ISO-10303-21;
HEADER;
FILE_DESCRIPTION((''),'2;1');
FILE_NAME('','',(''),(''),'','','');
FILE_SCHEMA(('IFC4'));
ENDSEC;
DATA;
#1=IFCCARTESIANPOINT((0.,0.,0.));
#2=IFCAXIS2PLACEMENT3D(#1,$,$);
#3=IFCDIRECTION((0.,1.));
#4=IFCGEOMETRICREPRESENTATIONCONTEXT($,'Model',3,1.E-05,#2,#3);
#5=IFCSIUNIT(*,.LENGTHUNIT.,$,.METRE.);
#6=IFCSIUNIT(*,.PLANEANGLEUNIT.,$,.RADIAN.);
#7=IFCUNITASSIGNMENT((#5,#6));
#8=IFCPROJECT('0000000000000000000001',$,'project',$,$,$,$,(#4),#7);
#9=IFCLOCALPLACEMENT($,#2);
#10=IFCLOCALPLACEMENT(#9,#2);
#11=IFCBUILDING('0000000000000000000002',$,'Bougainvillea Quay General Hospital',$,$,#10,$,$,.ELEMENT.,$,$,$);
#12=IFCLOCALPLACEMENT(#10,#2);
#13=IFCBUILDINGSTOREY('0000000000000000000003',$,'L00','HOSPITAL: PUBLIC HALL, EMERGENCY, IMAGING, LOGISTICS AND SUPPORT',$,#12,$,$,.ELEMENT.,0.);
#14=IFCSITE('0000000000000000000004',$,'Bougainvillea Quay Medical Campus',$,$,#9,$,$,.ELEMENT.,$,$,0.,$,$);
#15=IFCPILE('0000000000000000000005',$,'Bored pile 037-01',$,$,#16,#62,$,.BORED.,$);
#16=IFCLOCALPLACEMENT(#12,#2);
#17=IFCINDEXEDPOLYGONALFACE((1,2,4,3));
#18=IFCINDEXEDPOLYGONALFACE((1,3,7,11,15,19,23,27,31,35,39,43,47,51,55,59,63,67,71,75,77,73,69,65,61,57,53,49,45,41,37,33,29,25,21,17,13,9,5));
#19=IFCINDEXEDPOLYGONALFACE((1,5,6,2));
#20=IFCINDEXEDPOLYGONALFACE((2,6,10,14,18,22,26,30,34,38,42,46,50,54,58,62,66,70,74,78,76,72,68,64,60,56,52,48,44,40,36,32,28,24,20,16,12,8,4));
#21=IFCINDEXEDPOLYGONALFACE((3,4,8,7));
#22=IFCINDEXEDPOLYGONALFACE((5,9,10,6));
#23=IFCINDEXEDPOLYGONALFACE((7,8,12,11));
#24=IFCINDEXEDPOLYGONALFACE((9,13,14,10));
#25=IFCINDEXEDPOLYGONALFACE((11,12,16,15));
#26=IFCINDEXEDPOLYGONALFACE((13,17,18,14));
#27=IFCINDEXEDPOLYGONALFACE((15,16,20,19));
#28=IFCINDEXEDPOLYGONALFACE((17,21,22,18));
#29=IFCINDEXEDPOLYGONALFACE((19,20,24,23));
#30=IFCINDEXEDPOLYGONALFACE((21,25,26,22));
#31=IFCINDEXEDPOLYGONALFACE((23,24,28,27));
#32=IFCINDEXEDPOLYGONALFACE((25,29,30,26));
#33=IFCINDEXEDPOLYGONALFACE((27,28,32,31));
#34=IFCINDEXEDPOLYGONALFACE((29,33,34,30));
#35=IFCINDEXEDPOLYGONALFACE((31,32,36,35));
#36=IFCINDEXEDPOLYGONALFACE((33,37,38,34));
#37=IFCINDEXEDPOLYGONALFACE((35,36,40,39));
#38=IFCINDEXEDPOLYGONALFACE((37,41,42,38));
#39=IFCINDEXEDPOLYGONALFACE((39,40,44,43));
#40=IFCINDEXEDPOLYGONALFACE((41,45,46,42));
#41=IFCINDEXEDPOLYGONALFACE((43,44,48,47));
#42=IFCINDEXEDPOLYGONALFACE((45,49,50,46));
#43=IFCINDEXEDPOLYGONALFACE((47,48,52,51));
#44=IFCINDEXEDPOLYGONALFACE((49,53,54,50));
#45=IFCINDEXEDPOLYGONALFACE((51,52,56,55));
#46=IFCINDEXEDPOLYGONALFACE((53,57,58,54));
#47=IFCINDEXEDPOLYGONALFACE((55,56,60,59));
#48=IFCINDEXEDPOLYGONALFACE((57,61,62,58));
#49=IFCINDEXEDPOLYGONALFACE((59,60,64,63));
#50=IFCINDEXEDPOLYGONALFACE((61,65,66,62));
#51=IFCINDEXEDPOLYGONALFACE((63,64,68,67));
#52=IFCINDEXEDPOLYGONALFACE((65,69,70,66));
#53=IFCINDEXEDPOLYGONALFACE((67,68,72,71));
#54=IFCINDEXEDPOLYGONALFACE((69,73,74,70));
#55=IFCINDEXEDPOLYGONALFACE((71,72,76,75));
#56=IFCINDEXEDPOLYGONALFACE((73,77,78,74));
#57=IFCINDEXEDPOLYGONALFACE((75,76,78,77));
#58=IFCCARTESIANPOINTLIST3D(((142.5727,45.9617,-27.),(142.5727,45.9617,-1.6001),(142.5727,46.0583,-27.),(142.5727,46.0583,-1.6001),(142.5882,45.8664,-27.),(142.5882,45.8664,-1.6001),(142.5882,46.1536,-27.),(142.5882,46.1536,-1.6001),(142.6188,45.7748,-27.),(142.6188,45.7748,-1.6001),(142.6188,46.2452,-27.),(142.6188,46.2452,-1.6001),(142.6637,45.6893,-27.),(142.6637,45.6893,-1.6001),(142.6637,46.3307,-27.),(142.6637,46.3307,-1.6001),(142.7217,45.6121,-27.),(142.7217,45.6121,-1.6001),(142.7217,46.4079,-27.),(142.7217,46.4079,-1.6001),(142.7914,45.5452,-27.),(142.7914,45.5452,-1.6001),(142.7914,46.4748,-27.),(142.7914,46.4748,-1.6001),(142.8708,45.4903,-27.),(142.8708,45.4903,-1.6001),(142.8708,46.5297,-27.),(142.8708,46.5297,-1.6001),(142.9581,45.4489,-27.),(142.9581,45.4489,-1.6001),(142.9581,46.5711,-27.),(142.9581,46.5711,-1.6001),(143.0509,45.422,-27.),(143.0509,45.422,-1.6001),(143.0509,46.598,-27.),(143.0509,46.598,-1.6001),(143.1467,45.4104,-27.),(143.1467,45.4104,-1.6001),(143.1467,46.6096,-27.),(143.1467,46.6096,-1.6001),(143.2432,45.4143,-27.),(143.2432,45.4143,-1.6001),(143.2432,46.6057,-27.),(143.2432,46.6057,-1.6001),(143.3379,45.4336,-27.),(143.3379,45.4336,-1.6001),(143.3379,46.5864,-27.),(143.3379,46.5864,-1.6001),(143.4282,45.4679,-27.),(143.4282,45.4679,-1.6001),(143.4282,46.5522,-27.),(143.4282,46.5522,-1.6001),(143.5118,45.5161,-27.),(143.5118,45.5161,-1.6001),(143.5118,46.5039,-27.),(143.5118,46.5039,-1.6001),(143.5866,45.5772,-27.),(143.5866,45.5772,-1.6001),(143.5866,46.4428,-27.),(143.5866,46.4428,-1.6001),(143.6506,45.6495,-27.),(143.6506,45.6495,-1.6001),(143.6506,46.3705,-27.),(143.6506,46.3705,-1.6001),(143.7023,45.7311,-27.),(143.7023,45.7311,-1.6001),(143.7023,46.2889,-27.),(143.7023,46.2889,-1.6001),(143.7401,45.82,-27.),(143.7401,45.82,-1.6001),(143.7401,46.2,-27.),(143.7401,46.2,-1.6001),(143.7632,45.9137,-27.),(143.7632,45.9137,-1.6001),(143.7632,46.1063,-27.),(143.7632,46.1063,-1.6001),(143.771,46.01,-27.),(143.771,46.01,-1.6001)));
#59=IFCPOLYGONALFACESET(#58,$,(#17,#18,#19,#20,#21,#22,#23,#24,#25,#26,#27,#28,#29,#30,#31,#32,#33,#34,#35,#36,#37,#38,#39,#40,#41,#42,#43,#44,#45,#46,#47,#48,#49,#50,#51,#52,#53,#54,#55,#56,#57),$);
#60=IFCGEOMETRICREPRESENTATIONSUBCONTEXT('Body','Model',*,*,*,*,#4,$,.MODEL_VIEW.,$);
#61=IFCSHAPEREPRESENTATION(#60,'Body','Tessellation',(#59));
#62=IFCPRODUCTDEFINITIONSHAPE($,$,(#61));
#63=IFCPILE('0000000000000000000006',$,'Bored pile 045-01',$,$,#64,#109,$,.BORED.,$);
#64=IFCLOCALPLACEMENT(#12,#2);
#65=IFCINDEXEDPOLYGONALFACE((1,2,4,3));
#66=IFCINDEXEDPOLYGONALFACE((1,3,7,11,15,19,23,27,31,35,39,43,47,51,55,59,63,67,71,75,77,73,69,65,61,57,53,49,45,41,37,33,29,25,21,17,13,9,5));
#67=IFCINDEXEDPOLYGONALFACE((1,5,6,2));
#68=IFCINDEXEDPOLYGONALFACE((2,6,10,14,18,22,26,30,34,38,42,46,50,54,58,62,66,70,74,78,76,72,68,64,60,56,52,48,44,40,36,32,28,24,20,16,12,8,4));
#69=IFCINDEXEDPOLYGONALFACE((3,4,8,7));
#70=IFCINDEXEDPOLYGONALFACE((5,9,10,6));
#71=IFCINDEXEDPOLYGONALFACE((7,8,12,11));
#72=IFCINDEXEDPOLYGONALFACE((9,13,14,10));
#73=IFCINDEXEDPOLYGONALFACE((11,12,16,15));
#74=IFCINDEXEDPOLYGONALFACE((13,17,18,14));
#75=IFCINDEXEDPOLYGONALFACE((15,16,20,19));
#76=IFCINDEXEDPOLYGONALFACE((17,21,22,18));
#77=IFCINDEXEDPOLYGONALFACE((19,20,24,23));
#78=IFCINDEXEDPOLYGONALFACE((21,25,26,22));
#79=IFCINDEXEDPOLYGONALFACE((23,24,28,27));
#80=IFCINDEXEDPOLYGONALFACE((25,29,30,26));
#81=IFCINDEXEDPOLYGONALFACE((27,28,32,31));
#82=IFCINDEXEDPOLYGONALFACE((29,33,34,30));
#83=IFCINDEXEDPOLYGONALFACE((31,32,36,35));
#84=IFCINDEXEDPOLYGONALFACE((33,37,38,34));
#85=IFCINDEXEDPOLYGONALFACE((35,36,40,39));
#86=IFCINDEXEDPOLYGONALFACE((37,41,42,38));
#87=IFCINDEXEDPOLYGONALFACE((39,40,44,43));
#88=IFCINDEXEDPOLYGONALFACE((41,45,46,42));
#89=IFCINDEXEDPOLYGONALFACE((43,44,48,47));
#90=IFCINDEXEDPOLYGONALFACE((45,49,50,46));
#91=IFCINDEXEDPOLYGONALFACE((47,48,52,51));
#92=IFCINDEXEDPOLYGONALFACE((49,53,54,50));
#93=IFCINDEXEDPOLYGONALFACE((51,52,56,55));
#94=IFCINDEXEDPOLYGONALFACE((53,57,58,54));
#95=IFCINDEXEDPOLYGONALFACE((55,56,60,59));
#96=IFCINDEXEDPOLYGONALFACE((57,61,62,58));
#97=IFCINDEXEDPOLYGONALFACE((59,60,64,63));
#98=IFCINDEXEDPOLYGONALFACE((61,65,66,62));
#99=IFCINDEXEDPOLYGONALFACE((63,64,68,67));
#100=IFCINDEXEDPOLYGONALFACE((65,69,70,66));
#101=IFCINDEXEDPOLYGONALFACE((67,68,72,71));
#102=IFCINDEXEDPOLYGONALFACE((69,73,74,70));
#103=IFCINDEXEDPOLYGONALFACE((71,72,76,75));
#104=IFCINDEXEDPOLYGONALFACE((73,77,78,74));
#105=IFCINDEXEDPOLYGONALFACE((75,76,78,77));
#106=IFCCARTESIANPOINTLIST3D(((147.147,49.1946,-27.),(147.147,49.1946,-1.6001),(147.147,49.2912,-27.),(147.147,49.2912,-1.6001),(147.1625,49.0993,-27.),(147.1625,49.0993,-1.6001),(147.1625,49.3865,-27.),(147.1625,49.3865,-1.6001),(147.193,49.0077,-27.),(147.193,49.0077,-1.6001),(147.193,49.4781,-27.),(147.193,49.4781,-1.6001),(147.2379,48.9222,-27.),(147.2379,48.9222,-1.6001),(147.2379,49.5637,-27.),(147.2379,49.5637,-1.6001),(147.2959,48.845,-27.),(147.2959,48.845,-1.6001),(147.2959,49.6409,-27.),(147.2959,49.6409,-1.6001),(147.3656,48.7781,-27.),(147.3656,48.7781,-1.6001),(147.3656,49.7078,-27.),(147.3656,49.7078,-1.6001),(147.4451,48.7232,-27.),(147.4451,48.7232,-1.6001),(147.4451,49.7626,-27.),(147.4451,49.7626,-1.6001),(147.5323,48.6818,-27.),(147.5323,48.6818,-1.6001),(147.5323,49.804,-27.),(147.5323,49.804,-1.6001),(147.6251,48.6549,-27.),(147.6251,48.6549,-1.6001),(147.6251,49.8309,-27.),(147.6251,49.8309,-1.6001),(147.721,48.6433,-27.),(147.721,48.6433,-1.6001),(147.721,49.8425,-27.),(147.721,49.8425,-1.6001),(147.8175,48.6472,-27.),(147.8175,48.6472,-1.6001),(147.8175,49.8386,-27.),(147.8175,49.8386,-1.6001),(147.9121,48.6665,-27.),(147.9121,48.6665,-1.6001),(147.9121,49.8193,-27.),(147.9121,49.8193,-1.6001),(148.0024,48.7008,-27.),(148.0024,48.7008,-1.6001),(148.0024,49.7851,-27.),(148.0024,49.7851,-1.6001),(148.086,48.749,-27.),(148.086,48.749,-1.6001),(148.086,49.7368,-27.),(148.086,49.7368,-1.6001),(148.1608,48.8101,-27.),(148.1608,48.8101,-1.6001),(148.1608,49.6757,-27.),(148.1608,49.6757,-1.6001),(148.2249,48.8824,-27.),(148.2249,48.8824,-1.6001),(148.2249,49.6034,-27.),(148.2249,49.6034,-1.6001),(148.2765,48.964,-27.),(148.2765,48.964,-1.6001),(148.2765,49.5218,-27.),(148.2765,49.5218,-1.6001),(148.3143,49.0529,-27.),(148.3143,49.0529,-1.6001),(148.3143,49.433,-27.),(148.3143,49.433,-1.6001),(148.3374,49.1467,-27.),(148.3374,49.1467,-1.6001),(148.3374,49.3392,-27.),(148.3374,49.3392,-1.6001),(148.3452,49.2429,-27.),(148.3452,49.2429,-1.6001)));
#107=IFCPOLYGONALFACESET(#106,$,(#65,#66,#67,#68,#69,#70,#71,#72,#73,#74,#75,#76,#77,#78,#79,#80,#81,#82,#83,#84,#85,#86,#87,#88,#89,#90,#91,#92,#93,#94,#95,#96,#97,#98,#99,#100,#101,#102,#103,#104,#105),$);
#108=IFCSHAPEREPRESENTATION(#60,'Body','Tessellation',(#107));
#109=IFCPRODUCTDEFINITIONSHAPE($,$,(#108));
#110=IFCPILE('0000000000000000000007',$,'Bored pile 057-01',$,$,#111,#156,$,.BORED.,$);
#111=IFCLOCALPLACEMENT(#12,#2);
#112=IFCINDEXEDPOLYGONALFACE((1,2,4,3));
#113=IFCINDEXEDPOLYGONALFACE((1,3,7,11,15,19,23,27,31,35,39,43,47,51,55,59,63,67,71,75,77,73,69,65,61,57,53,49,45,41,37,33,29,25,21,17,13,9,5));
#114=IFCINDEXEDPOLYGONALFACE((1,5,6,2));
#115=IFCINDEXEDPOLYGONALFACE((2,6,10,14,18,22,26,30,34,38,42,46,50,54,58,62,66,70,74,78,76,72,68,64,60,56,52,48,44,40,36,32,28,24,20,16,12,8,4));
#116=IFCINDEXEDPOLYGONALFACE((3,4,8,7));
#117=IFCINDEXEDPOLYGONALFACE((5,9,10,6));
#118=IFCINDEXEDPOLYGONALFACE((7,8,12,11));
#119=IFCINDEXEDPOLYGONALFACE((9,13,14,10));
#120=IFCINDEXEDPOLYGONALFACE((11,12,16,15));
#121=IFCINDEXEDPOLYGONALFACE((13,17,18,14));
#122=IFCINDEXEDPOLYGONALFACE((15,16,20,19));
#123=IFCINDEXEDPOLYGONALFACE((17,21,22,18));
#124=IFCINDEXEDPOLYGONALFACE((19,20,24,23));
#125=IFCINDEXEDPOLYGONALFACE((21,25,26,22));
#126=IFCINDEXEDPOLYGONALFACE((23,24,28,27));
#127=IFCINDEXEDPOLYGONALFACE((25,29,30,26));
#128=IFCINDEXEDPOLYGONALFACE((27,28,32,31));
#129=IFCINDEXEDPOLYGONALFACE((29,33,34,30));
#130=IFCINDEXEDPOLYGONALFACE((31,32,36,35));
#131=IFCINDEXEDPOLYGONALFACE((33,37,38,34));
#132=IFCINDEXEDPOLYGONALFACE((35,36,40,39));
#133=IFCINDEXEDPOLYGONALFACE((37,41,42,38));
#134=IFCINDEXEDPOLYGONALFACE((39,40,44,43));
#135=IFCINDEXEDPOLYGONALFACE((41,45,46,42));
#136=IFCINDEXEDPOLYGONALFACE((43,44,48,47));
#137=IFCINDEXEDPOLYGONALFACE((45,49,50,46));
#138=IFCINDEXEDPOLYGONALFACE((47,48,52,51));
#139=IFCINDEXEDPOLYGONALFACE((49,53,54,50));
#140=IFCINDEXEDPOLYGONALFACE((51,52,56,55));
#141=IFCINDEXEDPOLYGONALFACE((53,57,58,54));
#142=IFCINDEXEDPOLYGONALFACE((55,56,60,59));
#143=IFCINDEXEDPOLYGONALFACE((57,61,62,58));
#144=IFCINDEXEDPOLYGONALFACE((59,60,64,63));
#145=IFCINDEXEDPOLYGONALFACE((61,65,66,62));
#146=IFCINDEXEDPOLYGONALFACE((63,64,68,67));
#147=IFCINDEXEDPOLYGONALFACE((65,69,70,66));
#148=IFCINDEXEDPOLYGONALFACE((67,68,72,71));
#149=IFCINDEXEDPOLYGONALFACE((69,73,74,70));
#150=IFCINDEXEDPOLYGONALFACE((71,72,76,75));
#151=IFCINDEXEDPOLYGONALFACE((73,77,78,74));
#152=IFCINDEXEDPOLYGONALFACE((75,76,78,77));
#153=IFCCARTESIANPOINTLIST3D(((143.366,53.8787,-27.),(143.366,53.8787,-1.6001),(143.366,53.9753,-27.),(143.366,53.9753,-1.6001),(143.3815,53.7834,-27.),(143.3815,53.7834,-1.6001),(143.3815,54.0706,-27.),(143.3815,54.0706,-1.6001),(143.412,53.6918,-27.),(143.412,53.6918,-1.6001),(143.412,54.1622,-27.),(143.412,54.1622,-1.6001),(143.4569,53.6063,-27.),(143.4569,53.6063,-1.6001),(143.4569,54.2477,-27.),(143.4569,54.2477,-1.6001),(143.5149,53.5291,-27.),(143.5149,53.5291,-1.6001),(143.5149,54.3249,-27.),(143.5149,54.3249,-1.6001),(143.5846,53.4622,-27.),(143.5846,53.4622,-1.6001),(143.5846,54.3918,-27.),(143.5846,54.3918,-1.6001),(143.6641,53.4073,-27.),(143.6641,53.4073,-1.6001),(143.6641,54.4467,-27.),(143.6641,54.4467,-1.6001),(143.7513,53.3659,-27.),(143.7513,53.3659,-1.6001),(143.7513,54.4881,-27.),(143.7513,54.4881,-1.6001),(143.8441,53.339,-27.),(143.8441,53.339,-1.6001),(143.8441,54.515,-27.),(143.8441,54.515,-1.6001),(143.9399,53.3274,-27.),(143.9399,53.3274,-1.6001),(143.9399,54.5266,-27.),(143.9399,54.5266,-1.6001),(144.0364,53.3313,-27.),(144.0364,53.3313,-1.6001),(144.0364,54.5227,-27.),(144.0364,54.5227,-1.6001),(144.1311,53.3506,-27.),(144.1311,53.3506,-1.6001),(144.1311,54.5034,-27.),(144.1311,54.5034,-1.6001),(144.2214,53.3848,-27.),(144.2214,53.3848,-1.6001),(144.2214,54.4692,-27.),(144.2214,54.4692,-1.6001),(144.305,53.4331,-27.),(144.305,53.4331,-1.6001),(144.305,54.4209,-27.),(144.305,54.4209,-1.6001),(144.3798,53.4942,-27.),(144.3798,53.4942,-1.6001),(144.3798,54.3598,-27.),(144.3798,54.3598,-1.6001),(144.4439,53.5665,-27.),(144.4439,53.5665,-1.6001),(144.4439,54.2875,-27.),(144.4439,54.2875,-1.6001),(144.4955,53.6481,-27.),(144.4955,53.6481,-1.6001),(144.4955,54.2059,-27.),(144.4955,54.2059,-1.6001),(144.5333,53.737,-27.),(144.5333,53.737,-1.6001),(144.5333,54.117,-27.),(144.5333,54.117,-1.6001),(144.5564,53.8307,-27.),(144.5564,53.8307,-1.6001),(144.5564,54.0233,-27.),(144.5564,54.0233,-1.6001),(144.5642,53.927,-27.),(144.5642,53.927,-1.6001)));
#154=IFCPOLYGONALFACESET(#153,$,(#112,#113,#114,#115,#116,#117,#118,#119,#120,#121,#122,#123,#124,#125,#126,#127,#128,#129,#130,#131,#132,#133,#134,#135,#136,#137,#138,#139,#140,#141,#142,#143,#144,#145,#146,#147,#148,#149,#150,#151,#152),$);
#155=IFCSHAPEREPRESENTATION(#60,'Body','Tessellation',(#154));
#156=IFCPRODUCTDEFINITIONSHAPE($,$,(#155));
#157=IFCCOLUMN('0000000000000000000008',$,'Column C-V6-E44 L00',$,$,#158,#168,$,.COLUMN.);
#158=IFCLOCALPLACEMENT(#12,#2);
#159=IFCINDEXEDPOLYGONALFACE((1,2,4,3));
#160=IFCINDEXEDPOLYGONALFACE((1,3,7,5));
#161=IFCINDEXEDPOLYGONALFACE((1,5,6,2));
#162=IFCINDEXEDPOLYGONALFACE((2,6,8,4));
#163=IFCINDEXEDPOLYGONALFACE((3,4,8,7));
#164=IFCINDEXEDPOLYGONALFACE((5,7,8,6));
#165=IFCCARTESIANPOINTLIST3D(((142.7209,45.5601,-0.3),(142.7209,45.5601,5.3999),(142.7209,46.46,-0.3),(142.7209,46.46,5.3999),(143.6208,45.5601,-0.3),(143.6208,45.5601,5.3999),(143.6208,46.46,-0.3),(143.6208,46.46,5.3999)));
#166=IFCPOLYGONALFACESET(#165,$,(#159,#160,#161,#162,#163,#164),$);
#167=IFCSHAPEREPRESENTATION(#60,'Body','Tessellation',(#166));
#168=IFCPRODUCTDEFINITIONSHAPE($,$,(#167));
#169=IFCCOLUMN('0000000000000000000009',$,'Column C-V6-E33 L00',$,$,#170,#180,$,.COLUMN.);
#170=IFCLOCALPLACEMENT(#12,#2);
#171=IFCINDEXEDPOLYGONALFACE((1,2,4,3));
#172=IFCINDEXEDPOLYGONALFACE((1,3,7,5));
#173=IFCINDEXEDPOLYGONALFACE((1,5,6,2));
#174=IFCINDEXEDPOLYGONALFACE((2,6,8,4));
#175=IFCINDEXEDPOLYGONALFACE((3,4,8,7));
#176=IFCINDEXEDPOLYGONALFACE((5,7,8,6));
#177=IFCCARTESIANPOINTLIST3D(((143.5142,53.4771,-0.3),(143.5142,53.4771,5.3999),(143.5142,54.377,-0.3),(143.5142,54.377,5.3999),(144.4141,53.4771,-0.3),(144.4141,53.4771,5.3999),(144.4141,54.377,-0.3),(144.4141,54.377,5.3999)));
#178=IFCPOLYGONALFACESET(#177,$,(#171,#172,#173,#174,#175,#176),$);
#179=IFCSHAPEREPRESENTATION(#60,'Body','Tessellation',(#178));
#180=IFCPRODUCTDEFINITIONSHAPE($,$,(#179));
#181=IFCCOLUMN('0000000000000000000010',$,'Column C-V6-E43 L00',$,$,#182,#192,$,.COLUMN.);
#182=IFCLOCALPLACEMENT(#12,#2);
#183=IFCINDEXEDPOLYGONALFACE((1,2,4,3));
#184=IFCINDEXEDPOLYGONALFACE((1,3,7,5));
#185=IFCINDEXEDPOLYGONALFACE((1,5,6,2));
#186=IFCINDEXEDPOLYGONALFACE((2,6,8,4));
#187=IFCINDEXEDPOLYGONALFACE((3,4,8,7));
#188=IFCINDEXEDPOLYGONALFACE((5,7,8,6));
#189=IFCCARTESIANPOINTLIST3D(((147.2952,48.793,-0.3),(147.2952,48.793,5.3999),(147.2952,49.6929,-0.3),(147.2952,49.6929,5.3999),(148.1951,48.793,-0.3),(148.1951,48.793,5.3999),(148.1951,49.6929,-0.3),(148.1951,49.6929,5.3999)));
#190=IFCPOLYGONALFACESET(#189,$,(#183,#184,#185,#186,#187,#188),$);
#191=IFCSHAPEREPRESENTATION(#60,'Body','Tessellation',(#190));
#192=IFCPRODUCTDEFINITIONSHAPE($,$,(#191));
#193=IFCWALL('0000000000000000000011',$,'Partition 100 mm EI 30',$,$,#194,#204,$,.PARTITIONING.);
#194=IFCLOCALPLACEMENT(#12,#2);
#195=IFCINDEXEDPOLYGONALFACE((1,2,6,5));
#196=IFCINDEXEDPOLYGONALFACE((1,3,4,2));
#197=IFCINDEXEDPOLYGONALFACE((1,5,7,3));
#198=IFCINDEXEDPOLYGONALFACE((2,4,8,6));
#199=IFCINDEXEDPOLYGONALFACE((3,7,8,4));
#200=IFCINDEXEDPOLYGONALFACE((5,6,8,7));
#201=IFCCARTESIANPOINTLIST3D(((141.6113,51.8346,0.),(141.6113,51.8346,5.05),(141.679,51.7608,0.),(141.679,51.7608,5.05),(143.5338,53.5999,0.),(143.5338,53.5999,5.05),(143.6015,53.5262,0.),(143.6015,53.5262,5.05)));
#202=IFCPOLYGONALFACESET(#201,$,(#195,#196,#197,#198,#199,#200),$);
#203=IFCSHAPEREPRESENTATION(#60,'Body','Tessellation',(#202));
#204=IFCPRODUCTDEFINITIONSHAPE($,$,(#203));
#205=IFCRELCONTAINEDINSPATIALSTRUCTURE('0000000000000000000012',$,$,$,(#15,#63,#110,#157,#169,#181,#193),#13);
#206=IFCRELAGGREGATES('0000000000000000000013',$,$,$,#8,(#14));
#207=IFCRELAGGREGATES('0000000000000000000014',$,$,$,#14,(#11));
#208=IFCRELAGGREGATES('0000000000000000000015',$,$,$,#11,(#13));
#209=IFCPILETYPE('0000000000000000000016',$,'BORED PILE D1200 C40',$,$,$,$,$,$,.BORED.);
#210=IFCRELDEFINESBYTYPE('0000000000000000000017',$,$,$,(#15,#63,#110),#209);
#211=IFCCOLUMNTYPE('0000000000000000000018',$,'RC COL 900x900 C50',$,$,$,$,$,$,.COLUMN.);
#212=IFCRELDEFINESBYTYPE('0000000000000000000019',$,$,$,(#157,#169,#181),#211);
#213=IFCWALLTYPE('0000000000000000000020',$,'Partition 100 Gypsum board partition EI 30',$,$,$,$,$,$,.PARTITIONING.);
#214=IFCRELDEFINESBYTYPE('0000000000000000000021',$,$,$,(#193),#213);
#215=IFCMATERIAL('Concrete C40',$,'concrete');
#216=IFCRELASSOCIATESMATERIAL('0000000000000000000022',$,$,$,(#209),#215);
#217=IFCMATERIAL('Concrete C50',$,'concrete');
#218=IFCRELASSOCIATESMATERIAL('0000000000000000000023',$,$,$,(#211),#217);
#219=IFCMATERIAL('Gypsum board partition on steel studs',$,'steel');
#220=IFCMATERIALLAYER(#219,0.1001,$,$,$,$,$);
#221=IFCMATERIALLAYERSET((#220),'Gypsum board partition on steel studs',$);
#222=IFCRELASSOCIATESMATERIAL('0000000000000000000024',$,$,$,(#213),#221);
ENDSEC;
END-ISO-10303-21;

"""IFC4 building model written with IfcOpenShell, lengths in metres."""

from ifc_helpers import new_model, si_unit, direction, frame, frame_2d, origin, origin_2d, place, context, subcontext, project, spatial, rectangle, circle, extrude, material, layer, layer_set, material_profile, profile_set, type_object, element, save


model = new_model("IFC4")

# Units and contexts
model_context = context("Model", 3, precision=1e-05, world=origin(), true_north=direction((0.0, 1.0)))
body_context = subcontext(model_context, "Body", "Model", "MODEL_VIEW")
ifc_project = project(units=[si_unit("LENGTHUNIT", "METRE"), si_unit("PLANEANGLEUNIT", "RADIAN")], contexts=[model_context])

# Site, building, storey
site_placement = place(None, origin())
site = spatial("IfcSite", under=ifc_project, at=site_placement, Name="Bougainvillea Quay Medical Campus", CompositionType="ELEMENT", RefElevation=0.0)
building_placement = place(site_placement, origin())
building = spatial("IfcBuilding", under=site, at=building_placement, Name="Bougainvillea Quay General Hospital", CompositionType="ELEMENT")
storey_placement = place(building_placement, origin())
storey = spatial("IfcBuildingStorey", under=building, at=storey_placement, Name="L00", Description="HOSPITAL: PUBLIC HALL, EMERGENCY, IMAGING, LOGISTICS AND SUPPORT", CompositionType="ELEMENT", Elevation=0.0)

# Piles
ifc_material_1 = material(Name="Concrete C40", Category="concrete")
ifc_material_profile_1 = material_profile(ifc_material_1, circle(Radius=0.6001, at=origin_2d()))
ifc_profile_set_1 = profile_set([ifc_material_profile_1], Name="Concrete C40")
pile_type = type_object("IfcPileType", Name="BORED PILE D1200 C40", PredefinedType="BORED", material=ifc_profile_set_1)
for number, where, z_axis, x_axis, name in (
    (1, (143.1709, 46.01, -1.6001), (0.0, 0.0, -1.0), (1.0, 0.0, 0.0), "Bored pile 037-01"),
    (2, (147.7451, 49.2429, -1.6001), (0.0, 0.0, -1.0), (1.0, 0.0, 0.0), "Bored pile 045-01"),
    (3, (143.9641, 53.927, -1.6001), (0.0, 0.0, -1.0), (1.0, 0.0, 0.0), "Bored pile 057-01"),
):
    element("IfcPile", number, at=place(storey_placement, frame(where, z_axis=z_axis, x_axis=x_axis)), inside=storey, type_object=pile_type, Name=name, PredefinedType="BORED", context=body_context, shape_type="SweptSolid", body=[
        extrude(circle(Radius=0.6001, at=origin_2d()), origin(), (0.0, 0.0, 1.0), 25.3999),
    ])

# Columns
ifc_material_2 = material(Name="Concrete C50", Category="concrete")
ifc_material_profile_2 = material_profile(ifc_material_2, rectangle(XDim=0.8999, YDim=0.8999, at=origin_2d()))
ifc_profile_set_2 = profile_set([ifc_material_profile_2], Name="Concrete C50")
column_type = type_object("IfcColumnType", Name="RC COL 900x900 C50", PredefinedType="COLUMN", material=ifc_profile_set_2)
for number, where, z_axis, x_axis, name in (
    (4, (143.1709, 46.01, -0.3), (0.0, 0.0, 1.0), (1.0, 0.0, 0.0), "Column C-V6-E44 L00"),
    (5, (143.9641, 53.927, -0.3), (0.0, 0.0, 1.0), (1.0, 0.0, 0.0), "Column C-V6-E33 L00"),
    (6, (147.7451, 49.2429, -0.3), (0.0, 0.0, 1.0), (1.0, 0.0, 0.0), "Column C-V6-E43 L00"),
):
    element("IfcColumn", number, at=place(storey_placement, frame(where, z_axis=z_axis, x_axis=x_axis)), inside=storey, type_object=column_type, Name=name, PredefinedType="COLUMN", context=body_context, shape_type="SweptSolid", body=[
        extrude(rectangle(XDim=0.8999, YDim=0.8999, at=origin_2d()), origin(), (0.0, 0.0, 1.0), 5.7),
    ])

# Wall
ifc_material_3 = material(Name="Gypsum board partition on steel studs", Category="steel")
ifc_layer_1 = layer(ifc_material_3, 0.1001)
ifc_layer_set_1 = layer_set([ifc_layer_1], Name="Gypsum board partition on steel studs")
wall_type_1 = type_object("IfcWallType", Name="Partition 100 Gypsum board partition EI 30", PredefinedType="PARTITIONING", material=ifc_layer_set_1)
wall_1_placement = place(storey_placement, frame((141.645, 51.7976, 0.0), z_axis=(0.0, 0.0, 1.0), x_axis=(0.736583, 0.676347, 0.0)))
element("IfcWall", 7, at=wall_1_placement, inside=storey, type_object=wall_type_1, Name="Partition 100 mm EI 30", PredefinedType="PARTITIONING", context=body_context, shape_type="SweptSolid", body=[
    extrude(rectangle(XDim=2.6101, YDim=0.1001, at=frame_2d((1.3052, 0.0))), origin(), (0.0, 0.0, 1.0), 5.05),
])

save(model, "model.ifc")
